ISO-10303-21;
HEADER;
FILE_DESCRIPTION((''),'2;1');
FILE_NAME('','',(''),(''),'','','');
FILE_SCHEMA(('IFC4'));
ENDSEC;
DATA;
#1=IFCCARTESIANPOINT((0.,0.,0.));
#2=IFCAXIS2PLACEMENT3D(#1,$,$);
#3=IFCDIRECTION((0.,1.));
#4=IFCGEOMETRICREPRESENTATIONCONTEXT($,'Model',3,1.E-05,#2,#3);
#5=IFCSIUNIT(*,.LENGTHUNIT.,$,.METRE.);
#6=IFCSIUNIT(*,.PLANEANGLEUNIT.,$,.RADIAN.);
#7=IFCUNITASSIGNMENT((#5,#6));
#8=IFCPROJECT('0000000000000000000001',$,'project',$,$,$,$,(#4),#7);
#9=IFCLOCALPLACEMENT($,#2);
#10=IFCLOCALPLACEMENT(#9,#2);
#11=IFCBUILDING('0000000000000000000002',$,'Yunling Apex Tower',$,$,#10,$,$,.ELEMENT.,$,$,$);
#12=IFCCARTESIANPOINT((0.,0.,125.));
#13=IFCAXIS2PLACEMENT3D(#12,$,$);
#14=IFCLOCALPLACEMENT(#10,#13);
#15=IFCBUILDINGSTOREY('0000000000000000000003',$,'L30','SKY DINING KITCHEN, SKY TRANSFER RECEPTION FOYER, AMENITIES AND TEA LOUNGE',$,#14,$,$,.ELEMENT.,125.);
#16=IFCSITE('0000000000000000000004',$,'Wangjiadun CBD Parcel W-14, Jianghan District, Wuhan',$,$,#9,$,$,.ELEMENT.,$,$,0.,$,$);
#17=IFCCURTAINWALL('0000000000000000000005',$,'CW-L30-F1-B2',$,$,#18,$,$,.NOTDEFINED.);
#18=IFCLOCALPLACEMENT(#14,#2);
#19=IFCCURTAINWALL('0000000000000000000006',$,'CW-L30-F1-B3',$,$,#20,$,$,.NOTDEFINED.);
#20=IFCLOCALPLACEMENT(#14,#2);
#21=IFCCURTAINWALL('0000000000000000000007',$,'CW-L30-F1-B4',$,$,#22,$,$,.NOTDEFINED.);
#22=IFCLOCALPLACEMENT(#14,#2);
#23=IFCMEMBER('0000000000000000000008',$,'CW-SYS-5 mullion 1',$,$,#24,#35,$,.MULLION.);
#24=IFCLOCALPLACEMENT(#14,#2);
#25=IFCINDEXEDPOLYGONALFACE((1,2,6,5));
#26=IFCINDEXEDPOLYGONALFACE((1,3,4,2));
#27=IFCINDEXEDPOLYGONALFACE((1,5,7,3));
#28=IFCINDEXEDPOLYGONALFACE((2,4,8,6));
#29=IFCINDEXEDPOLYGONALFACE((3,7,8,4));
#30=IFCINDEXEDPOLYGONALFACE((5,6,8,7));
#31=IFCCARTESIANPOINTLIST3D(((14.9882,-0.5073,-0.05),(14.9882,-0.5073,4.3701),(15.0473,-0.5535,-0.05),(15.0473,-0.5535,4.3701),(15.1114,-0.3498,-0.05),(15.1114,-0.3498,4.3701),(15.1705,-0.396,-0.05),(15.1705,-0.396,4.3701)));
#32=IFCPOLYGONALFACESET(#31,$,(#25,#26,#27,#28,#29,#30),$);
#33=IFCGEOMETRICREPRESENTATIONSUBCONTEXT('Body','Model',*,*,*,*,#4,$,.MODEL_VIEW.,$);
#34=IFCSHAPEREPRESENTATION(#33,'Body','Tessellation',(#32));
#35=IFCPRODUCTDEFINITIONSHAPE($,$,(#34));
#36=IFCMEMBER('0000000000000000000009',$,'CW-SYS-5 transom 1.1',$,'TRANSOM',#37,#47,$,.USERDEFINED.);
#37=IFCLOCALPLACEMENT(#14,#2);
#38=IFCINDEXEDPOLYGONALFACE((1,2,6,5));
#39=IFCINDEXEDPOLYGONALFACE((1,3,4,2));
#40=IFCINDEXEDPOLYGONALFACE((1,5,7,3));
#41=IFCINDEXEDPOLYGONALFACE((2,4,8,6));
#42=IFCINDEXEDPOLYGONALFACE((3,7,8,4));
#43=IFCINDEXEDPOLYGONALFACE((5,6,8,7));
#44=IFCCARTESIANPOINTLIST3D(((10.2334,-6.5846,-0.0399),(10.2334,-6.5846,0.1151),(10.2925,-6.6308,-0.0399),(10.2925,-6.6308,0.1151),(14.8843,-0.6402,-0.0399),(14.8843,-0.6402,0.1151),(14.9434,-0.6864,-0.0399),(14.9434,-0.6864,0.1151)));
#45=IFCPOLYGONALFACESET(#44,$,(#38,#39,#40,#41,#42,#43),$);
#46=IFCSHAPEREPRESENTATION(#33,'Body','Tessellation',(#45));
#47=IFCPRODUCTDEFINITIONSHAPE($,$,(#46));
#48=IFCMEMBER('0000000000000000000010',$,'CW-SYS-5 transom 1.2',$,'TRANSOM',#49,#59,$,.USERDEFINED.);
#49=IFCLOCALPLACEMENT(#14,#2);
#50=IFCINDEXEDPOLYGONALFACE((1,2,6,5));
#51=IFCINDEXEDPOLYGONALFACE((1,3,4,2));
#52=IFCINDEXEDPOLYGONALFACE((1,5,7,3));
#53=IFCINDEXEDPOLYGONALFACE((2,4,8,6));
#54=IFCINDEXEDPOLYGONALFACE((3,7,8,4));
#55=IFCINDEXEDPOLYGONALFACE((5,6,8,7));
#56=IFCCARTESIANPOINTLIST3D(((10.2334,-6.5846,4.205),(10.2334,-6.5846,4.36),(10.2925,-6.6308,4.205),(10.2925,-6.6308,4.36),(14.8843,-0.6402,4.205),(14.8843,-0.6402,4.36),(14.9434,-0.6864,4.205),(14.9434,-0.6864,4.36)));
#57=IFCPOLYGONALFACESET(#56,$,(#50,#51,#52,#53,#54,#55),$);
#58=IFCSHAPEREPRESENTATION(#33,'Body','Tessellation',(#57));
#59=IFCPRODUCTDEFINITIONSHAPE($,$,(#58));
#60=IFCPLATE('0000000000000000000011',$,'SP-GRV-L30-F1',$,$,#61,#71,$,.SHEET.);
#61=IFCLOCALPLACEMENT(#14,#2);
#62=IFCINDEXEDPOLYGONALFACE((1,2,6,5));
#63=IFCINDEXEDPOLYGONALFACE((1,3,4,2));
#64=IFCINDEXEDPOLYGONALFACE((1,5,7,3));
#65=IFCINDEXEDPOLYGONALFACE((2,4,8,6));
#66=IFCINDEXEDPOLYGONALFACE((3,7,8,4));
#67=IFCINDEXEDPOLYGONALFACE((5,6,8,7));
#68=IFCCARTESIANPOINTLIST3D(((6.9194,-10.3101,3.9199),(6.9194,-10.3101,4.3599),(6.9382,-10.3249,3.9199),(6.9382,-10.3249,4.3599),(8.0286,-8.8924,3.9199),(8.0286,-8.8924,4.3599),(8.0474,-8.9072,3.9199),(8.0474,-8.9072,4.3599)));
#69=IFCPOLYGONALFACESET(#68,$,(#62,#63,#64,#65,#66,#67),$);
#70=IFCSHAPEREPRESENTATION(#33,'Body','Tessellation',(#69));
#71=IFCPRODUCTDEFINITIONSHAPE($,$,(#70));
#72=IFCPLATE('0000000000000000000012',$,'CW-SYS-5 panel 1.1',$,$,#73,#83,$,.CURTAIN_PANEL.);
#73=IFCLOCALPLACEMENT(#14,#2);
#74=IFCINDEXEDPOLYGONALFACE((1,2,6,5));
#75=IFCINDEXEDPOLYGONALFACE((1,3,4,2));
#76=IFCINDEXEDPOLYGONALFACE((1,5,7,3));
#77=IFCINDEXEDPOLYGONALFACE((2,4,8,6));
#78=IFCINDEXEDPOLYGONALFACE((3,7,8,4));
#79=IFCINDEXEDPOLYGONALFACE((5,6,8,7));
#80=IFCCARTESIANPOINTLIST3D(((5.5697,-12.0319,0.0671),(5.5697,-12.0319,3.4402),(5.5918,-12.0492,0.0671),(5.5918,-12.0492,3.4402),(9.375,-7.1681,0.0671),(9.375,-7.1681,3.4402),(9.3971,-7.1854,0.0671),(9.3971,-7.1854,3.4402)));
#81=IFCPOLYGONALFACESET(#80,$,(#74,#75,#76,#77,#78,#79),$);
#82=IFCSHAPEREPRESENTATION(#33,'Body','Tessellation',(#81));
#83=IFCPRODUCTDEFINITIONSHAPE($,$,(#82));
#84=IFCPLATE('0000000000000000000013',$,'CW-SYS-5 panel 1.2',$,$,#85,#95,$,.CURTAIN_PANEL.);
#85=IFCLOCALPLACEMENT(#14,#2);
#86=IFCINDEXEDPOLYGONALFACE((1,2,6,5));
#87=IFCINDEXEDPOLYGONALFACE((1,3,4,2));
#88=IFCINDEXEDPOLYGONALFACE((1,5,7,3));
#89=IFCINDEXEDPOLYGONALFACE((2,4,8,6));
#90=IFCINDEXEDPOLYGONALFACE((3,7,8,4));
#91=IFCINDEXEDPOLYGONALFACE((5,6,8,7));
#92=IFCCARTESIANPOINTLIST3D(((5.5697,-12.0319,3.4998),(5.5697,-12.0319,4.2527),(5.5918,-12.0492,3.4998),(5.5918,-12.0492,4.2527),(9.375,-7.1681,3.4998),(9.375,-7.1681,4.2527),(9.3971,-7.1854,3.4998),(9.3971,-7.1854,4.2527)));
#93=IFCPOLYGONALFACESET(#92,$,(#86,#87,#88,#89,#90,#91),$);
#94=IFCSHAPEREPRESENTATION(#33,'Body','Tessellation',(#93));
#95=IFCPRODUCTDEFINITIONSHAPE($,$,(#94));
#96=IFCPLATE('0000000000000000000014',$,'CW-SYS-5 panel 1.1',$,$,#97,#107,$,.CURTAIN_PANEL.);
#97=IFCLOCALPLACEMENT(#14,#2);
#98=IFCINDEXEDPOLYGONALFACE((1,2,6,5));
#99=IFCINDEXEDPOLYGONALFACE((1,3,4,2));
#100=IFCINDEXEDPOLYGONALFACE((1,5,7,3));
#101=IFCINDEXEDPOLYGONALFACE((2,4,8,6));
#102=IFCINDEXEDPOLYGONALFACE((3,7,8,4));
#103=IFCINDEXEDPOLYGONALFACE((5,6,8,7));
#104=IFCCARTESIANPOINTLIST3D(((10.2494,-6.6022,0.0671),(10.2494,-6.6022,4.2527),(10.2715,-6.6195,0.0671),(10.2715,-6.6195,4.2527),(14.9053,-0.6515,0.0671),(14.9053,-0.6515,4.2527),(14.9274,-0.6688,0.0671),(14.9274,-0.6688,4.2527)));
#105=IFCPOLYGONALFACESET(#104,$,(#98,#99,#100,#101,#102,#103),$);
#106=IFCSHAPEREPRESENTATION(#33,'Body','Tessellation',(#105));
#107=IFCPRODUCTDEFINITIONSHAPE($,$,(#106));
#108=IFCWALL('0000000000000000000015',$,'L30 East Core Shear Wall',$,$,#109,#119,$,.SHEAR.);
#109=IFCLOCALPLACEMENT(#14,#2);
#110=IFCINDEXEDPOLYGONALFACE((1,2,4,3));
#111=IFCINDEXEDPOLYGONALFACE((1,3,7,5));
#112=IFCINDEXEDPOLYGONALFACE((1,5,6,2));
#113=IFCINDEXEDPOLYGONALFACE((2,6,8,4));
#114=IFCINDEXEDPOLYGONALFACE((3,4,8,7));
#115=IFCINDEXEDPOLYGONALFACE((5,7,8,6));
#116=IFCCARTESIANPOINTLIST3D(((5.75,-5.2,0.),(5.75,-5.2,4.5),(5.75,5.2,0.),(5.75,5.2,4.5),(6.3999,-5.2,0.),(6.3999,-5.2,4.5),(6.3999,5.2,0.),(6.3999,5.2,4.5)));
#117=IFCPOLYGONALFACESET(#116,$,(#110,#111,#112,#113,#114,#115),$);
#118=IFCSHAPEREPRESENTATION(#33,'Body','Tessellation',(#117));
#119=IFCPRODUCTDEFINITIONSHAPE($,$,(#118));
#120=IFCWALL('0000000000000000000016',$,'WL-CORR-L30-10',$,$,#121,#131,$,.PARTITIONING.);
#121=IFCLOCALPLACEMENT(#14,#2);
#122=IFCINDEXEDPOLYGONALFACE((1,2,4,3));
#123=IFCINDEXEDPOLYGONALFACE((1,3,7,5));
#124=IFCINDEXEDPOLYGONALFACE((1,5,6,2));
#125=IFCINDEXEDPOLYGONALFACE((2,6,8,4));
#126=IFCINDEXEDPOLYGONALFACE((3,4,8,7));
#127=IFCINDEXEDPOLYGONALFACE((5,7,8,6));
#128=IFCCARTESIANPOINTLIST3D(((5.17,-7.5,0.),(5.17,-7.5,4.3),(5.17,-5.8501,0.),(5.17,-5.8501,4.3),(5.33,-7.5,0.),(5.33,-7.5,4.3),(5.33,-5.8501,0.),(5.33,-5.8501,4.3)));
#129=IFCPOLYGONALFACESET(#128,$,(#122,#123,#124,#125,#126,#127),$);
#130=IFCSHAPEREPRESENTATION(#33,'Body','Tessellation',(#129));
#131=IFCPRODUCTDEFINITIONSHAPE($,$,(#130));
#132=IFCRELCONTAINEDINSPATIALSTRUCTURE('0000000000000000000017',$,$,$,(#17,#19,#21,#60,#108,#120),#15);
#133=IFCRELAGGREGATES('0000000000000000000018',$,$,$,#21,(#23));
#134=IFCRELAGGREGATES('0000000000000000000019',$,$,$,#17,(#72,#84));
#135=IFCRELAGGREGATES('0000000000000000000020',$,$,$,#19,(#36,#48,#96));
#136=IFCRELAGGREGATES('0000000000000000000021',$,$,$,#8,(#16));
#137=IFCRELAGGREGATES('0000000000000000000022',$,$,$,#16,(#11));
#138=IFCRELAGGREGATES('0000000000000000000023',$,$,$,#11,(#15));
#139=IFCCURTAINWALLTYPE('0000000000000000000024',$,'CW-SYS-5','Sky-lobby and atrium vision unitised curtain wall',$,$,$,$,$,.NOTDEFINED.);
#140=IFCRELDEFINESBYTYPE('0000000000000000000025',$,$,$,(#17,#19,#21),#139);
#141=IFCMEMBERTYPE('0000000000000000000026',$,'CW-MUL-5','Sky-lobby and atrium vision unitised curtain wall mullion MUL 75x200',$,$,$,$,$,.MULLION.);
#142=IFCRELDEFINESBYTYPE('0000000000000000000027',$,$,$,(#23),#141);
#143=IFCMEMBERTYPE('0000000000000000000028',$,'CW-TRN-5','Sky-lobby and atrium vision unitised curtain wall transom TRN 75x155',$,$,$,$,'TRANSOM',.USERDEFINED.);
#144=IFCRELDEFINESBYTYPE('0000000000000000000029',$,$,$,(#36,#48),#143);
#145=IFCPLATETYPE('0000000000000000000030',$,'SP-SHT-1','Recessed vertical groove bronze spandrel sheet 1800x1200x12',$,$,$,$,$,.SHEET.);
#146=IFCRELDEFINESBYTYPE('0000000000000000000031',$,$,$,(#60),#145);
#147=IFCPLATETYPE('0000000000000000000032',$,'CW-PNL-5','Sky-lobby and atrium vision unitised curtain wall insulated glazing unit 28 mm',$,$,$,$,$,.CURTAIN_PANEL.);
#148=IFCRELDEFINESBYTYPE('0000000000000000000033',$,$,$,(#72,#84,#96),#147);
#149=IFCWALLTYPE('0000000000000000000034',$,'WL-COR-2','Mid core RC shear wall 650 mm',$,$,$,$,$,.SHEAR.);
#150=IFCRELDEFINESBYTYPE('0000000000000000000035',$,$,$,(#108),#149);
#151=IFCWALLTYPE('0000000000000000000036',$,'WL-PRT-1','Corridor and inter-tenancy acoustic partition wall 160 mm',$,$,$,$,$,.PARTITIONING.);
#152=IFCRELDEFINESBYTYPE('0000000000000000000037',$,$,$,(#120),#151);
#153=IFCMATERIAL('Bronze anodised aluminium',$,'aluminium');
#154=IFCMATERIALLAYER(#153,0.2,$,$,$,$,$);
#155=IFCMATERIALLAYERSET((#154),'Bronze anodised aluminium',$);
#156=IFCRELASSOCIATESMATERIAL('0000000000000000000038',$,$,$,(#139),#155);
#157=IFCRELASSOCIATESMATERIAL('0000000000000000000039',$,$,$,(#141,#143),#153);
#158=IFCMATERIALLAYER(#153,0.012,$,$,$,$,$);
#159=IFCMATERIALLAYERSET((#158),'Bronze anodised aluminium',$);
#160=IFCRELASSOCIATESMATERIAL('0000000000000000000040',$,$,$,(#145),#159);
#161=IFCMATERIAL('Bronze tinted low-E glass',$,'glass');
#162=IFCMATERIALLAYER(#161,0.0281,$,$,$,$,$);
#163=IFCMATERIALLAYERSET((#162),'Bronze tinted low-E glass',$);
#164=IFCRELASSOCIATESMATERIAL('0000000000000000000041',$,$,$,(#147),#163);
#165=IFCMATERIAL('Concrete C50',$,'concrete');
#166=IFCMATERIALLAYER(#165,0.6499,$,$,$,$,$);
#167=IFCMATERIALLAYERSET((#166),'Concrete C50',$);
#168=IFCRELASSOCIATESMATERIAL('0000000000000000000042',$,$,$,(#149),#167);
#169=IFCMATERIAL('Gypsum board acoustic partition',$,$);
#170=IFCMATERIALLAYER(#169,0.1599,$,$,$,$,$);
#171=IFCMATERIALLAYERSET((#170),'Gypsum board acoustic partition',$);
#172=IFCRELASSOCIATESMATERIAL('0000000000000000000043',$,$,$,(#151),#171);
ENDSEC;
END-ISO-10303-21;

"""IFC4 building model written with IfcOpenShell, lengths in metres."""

from ifc_helpers import new_model, si_unit, direction, frame, frame_2d, origin, origin_2d, place, context, subcontext, project, spatial, rectangle, extrude, source, transform, mapped, material, layer, layer_set, material_profile, profile_set, type_object, element, aggregate, save


model = new_model("IFC4")

# Units and contexts
model_context = context("Model", 3, precision=1e-05, world=origin(), true_north=direction((0.0, 1.0)))
body_context = subcontext(model_context, "Body", "Model", "MODEL_VIEW")
ifc_project = project(units=[si_unit("LENGTHUNIT", "METRE"), si_unit("PLANEANGLEUNIT", "RADIAN")], contexts=[model_context])

# Site, building, storey
site_placement = place(None, origin())
site = spatial("IfcSite", under=ifc_project, at=site_placement, Name="Wangjiadun CBD Parcel W-14, Jianghan District, Wuhan", CompositionType="ELEMENT", RefElevation=0.0)
building_placement = place(site_placement, origin())
building = spatial("IfcBuilding", under=site, at=building_placement, Name="Yunling Apex Tower", CompositionType="ELEMENT")
storey_placement = place(building_placement, frame((0.0, 0.0, 125.0)))
storey = spatial("IfcBuildingStorey", under=building, at=storey_placement, Name="L30", Description="SKY DINING KITCHEN, SKY TRANSFER RECEPTION FOYER, AMENITIES AND TEA LOUNGE", CompositionType="ELEMENT", Elevation=125.0)

# Curtain wall
ifc_material_1 = material(Name="Bronze anodised aluminium", Category="aluminium")
ifc_layer_1 = layer(ifc_material_1, 0.2)
ifc_layer_set_1 = layer_set([ifc_layer_1], Name="Bronze anodised aluminium")
curtain_wall_type = type_object("IfcCurtainWallType", Name="CW-SYS-5", Description="Sky-lobby and atrium vision unitised curtain wall", PredefinedType="NOTDEFINED", material=ifc_layer_set_1)
curtain_wall_1_placement = place(storey_placement, origin())
curtain_wall_1 = element("IfcCurtainWall", 1, at=curtain_wall_1_placement, inside=storey, type_object=curtain_wall_type, Name="CW-L30-F1-B2", PredefinedType="NOTDEFINED")
ifc_material_profile_1 = material_profile(ifc_material_1, rectangle(XDim=0.075, YDim=0.2, at=origin_2d()))
ifc_profile_set_1 = profile_set([ifc_material_profile_1], Name="Bronze anodised aluminium")
member_type_1 = type_object("IfcMemberType", Name="CW-MUL-5", Description="Sky-lobby and atrium vision unitised curtain wall mullion MUL 75x200", PredefinedType="MULLION", material=ifc_profile_set_1)
shared_shape_1 = source(origin(), body_context, "Body", "SweptSolid", [
    extrude(rectangle(XDim=0.075, YDim=0.2, at=origin_2d()), origin(), (0.0, 0.0, 1.0), 4.4202),
])

# Curtain wall
curtain_wall_2_placement = place(storey_placement, origin())
curtain_wall_2 = element("IfcCurtainWall", 2, at=curtain_wall_2_placement, inside=storey, type_object=curtain_wall_type, Name="CW-L30-F1-B3", PredefinedType="NOTDEFINED")

# Curtain wall, member
curtain_wall_3_placement = place(storey_placement, origin())
curtain_wall_3 = element("IfcCurtainWall", 3, at=curtain_wall_3_placement, inside=storey, type_object=curtain_wall_type, Name="CW-L30-F1-B4", PredefinedType="NOTDEFINED")
member_1_placement = place(storey_placement, frame((15.0793, -0.4517, -0.05), z_axis=(0.0, 0.0, 1.0), x_axis=(-0.787584, 0.616208, 0.0)))
member_1 = element("IfcMember", 4, at=member_1_placement, type_object=member_type_1, Name="CW-SYS-5 mullion 1", PredefinedType="MULLION", context=body_context, shape_type="MappedRepresentation", body=[
    mapped(shared_shape_1, transform((0.0, 0.0, 0.0), scale=1.0)),
])
aggregate(curtain_wall_3, [member_1])

# Members
ifc_material_profile_2 = material_profile(ifc_material_1, rectangle(XDim=0.075, YDim=0.155, at=origin_2d()))
ifc_profile_set_2 = profile_set([ifc_material_profile_2], Name="Bronze anodised aluminium")
member_type_2 = type_object("IfcMemberType", Name="CW-TRN-5", Description="Sky-lobby and atrium vision unitised curtain wall transom TRN 75x155", ElementType="TRANSOM", PredefinedType="USERDEFINED", material=ifc_profile_set_2)
shared_shape_2 = source(origin(), body_context, "Body", "SweptSolid", [
    extrude(rectangle(XDim=0.075, YDim=0.155, at=origin_2d()), origin(), (0.0, 0.0, 1.0), 7.5476),
])
member_2_placement = place(storey_placement, frame((10.2629, -6.6077, 0.0376), z_axis=(0.616209, 0.787583, 0.0), x_axis=(-0.787583, 0.616209, 0.0)))
member_2 = element("IfcMember", 5, at=member_2_placement, type_object=member_type_2, Name="CW-SYS-5 transom 1.1", ObjectType="TRANSOM", PredefinedType="USERDEFINED", context=body_context, shape_type="MappedRepresentation", body=[
    mapped(shared_shape_2, transform((0.0, 0.0, 0.0), scale=1.0)),
])
member_3_placement = place(storey_placement, frame((10.2629, -6.6077, 4.2825), z_axis=(0.616209, 0.787583, 0.0), x_axis=(-0.787583, 0.616209, 0.0)))
member_3 = element("IfcMember", 6, at=member_3_placement, type_object=member_type_2, Name="CW-SYS-5 transom 1.2", ObjectType="TRANSOM", PredefinedType="USERDEFINED", context=body_context, shape_type="MappedRepresentation", body=[
    mapped(shared_shape_2, transform((0.0, 0.0, 0.0), scale=1.0)),
])

# Plates
ifc_layer_2 = layer(ifc_material_1, 0.012)
ifc_layer_set_2 = layer_set([ifc_layer_2], Name="Bronze anodised aluminium")
plate_type_1 = type_object("IfcPlateType", Name="SP-SHT-1", Description="Recessed vertical groove bronze spandrel sheet 1800x1200x12", PredefinedType="SHEET", material=ifc_layer_set_2)
shared_shape_3 = source(origin(), body_context, "Body", "SweptSolid", [
    extrude(rectangle(XDim=1.8, YDim=0.0239, at=origin_2d()), origin(), (0.0, 0.0, 1.0), 0.4399),
])
plate_1_placement = place(storey_placement, frame((7.4834, -9.6086, 3.9199), z_axis=(0.0, 0.0, 1.0), x_axis=(0.616211, 0.787581, 0.0)))
element("IfcPlate", 7, at=plate_1_placement, inside=storey, type_object=plate_type_1, Name="SP-GRV-L30-F1", PredefinedType="SHEET", context=body_context, shape_type="MappedRepresentation", body=[
    mapped(shared_shape_3, transform((0.0, 0.0, 0.0), scale=1.0)),
])
ifc_material_2 = material(Name="Bronze tinted low-E glass", Category="glass")
ifc_layer_3 = layer(ifc_material_2, 0.0281)
ifc_layer_set_3 = layer_set([ifc_layer_3], Name="Bronze tinted low-E glass")
plate_type_2 = type_object("IfcPlateType", Name="CW-PNL-5", Description="Sky-lobby and atrium vision unitised curtain wall insulated glazing unit 28 mm", PredefinedType="CURTAIN_PANEL", material=ifc_layer_set_3)
shared_shape_4 = source(origin(), body_context, "Body", "SweptSolid", [
    extrude(rectangle(XDim=6.1755, YDim=0.0281, at=origin_2d()), origin(), (0.0, 0.0, 1.0), 3.373),
])
plate_2_placement = place(storey_placement, frame((7.4834, -9.6086, 0.0671), z_axis=(0.0, 0.0, 1.0), x_axis=(0.616199, 0.78759, 0.0)))
plate_2 = element("IfcPlate", 8, at=plate_2_placement, type_object=plate_type_2, Name="CW-SYS-5 panel 1.1", PredefinedType="CURTAIN_PANEL", context=body_context, shape_type="MappedRepresentation", body=[
    mapped(shared_shape_4, transform((0.0, 0.0, 0.0), scale=1.0)),
])
shared_shape_5 = source(origin(), body_context, "Body", "SweptSolid", [
    extrude(rectangle(XDim=6.1755, YDim=0.0281, at=origin_2d()), origin(), (0.0, 0.0, 1.0), 0.7529),
])
plate_3_placement = place(storey_placement, frame((7.4834, -9.6086, 3.4998), z_axis=(0.0, 0.0, 1.0), x_axis=(0.616199, 0.78759, 0.0)))
plate_3 = element("IfcPlate", 9, at=plate_3_placement, type_object=plate_type_2, Name="CW-SYS-5 panel 1.2", PredefinedType="CURTAIN_PANEL", context=body_context, shape_type="MappedRepresentation", body=[
    mapped(shared_shape_5, transform((0.0, 0.0, 0.0), scale=1.0)),
])
aggregate(curtain_wall_1, [plate_2, plate_3])
shared_shape_6 = source(origin(), body_context, "Body", "SweptSolid", [
    extrude(rectangle(XDim=7.5557, YDim=0.0281, at=origin_2d()), origin(), (0.0, 0.0, 1.0), 4.1855),
])
plate_4_placement = place(storey_placement, frame((12.5884, -3.6355, 0.0671), z_axis=(0.0, 0.0, 1.0), x_axis=(0.616208, 0.787584, 0.0)))
plate_4 = element("IfcPlate", 10, at=plate_4_placement, type_object=plate_type_2, Name="CW-SYS-5 panel 1.1", PredefinedType="CURTAIN_PANEL", context=body_context, shape_type="MappedRepresentation", body=[
    mapped(shared_shape_6, transform((0.0, 0.0, 0.0), scale=1.0)),
])
aggregate(curtain_wall_2, [member_2, member_3, plate_4])

# Walls
ifc_material_3 = material(Name="Concrete C50", Category="concrete")
ifc_layer_4 = layer(ifc_material_3, 0.6499)
ifc_layer_set_4 = layer_set([ifc_layer_4], Name="Concrete C50")
wall_type_1 = type_object("IfcWallType", Name="WL-COR-2", Description="Mid core RC shear wall 650 mm", PredefinedType="SHEAR", material=ifc_layer_set_4)
wall_1_placement = place(storey_placement, frame((6.075, -5.2, 0.0), z_axis=(0.0, 0.0, 1.0), x_axis=(0.0, 1.0, 0.0)))
element("IfcWall", 11, at=wall_1_placement, inside=storey, type_object=wall_type_1, Name="L30 East Core Shear Wall", PredefinedType="SHEAR", context=body_context, shape_type="SweptSolid", body=[
    extrude(rectangle(XDim=10.3999, YDim=0.6499, at=frame_2d((5.2, 0.0))), origin(), (0.0, 0.0, 1.0), 4.5),
])
ifc_material_4 = material(Name="Gypsum board acoustic partition")
ifc_layer_5 = layer(ifc_material_4, 0.1599)
ifc_layer_set_5 = layer_set([ifc_layer_5], Name="Gypsum board acoustic partition")
wall_type_2 = type_object("IfcWallType", Name="WL-PRT-1", Description="Corridor and inter-tenancy acoustic partition wall 160 mm", PredefinedType="PARTITIONING", material=ifc_layer_set_5)
wall_2_placement = place(storey_placement, frame((5.25, -5.8501, 0.0), z_axis=(0.0, 0.0, 1.0), x_axis=(0.0, -1.0, 0.0)))
element("IfcWall", 12, at=wall_2_placement, inside=storey, type_object=wall_type_2, Name="WL-CORR-L30-10", PredefinedType="PARTITIONING", context=body_context, shape_type="SweptSolid", body=[
    extrude(rectangle(XDim=1.6499, YDim=0.1599, at=frame_2d((0.825, 0.0))), origin(), (0.0, 0.0, 1.0), 4.3),
])

save(model, "model.ifc")
